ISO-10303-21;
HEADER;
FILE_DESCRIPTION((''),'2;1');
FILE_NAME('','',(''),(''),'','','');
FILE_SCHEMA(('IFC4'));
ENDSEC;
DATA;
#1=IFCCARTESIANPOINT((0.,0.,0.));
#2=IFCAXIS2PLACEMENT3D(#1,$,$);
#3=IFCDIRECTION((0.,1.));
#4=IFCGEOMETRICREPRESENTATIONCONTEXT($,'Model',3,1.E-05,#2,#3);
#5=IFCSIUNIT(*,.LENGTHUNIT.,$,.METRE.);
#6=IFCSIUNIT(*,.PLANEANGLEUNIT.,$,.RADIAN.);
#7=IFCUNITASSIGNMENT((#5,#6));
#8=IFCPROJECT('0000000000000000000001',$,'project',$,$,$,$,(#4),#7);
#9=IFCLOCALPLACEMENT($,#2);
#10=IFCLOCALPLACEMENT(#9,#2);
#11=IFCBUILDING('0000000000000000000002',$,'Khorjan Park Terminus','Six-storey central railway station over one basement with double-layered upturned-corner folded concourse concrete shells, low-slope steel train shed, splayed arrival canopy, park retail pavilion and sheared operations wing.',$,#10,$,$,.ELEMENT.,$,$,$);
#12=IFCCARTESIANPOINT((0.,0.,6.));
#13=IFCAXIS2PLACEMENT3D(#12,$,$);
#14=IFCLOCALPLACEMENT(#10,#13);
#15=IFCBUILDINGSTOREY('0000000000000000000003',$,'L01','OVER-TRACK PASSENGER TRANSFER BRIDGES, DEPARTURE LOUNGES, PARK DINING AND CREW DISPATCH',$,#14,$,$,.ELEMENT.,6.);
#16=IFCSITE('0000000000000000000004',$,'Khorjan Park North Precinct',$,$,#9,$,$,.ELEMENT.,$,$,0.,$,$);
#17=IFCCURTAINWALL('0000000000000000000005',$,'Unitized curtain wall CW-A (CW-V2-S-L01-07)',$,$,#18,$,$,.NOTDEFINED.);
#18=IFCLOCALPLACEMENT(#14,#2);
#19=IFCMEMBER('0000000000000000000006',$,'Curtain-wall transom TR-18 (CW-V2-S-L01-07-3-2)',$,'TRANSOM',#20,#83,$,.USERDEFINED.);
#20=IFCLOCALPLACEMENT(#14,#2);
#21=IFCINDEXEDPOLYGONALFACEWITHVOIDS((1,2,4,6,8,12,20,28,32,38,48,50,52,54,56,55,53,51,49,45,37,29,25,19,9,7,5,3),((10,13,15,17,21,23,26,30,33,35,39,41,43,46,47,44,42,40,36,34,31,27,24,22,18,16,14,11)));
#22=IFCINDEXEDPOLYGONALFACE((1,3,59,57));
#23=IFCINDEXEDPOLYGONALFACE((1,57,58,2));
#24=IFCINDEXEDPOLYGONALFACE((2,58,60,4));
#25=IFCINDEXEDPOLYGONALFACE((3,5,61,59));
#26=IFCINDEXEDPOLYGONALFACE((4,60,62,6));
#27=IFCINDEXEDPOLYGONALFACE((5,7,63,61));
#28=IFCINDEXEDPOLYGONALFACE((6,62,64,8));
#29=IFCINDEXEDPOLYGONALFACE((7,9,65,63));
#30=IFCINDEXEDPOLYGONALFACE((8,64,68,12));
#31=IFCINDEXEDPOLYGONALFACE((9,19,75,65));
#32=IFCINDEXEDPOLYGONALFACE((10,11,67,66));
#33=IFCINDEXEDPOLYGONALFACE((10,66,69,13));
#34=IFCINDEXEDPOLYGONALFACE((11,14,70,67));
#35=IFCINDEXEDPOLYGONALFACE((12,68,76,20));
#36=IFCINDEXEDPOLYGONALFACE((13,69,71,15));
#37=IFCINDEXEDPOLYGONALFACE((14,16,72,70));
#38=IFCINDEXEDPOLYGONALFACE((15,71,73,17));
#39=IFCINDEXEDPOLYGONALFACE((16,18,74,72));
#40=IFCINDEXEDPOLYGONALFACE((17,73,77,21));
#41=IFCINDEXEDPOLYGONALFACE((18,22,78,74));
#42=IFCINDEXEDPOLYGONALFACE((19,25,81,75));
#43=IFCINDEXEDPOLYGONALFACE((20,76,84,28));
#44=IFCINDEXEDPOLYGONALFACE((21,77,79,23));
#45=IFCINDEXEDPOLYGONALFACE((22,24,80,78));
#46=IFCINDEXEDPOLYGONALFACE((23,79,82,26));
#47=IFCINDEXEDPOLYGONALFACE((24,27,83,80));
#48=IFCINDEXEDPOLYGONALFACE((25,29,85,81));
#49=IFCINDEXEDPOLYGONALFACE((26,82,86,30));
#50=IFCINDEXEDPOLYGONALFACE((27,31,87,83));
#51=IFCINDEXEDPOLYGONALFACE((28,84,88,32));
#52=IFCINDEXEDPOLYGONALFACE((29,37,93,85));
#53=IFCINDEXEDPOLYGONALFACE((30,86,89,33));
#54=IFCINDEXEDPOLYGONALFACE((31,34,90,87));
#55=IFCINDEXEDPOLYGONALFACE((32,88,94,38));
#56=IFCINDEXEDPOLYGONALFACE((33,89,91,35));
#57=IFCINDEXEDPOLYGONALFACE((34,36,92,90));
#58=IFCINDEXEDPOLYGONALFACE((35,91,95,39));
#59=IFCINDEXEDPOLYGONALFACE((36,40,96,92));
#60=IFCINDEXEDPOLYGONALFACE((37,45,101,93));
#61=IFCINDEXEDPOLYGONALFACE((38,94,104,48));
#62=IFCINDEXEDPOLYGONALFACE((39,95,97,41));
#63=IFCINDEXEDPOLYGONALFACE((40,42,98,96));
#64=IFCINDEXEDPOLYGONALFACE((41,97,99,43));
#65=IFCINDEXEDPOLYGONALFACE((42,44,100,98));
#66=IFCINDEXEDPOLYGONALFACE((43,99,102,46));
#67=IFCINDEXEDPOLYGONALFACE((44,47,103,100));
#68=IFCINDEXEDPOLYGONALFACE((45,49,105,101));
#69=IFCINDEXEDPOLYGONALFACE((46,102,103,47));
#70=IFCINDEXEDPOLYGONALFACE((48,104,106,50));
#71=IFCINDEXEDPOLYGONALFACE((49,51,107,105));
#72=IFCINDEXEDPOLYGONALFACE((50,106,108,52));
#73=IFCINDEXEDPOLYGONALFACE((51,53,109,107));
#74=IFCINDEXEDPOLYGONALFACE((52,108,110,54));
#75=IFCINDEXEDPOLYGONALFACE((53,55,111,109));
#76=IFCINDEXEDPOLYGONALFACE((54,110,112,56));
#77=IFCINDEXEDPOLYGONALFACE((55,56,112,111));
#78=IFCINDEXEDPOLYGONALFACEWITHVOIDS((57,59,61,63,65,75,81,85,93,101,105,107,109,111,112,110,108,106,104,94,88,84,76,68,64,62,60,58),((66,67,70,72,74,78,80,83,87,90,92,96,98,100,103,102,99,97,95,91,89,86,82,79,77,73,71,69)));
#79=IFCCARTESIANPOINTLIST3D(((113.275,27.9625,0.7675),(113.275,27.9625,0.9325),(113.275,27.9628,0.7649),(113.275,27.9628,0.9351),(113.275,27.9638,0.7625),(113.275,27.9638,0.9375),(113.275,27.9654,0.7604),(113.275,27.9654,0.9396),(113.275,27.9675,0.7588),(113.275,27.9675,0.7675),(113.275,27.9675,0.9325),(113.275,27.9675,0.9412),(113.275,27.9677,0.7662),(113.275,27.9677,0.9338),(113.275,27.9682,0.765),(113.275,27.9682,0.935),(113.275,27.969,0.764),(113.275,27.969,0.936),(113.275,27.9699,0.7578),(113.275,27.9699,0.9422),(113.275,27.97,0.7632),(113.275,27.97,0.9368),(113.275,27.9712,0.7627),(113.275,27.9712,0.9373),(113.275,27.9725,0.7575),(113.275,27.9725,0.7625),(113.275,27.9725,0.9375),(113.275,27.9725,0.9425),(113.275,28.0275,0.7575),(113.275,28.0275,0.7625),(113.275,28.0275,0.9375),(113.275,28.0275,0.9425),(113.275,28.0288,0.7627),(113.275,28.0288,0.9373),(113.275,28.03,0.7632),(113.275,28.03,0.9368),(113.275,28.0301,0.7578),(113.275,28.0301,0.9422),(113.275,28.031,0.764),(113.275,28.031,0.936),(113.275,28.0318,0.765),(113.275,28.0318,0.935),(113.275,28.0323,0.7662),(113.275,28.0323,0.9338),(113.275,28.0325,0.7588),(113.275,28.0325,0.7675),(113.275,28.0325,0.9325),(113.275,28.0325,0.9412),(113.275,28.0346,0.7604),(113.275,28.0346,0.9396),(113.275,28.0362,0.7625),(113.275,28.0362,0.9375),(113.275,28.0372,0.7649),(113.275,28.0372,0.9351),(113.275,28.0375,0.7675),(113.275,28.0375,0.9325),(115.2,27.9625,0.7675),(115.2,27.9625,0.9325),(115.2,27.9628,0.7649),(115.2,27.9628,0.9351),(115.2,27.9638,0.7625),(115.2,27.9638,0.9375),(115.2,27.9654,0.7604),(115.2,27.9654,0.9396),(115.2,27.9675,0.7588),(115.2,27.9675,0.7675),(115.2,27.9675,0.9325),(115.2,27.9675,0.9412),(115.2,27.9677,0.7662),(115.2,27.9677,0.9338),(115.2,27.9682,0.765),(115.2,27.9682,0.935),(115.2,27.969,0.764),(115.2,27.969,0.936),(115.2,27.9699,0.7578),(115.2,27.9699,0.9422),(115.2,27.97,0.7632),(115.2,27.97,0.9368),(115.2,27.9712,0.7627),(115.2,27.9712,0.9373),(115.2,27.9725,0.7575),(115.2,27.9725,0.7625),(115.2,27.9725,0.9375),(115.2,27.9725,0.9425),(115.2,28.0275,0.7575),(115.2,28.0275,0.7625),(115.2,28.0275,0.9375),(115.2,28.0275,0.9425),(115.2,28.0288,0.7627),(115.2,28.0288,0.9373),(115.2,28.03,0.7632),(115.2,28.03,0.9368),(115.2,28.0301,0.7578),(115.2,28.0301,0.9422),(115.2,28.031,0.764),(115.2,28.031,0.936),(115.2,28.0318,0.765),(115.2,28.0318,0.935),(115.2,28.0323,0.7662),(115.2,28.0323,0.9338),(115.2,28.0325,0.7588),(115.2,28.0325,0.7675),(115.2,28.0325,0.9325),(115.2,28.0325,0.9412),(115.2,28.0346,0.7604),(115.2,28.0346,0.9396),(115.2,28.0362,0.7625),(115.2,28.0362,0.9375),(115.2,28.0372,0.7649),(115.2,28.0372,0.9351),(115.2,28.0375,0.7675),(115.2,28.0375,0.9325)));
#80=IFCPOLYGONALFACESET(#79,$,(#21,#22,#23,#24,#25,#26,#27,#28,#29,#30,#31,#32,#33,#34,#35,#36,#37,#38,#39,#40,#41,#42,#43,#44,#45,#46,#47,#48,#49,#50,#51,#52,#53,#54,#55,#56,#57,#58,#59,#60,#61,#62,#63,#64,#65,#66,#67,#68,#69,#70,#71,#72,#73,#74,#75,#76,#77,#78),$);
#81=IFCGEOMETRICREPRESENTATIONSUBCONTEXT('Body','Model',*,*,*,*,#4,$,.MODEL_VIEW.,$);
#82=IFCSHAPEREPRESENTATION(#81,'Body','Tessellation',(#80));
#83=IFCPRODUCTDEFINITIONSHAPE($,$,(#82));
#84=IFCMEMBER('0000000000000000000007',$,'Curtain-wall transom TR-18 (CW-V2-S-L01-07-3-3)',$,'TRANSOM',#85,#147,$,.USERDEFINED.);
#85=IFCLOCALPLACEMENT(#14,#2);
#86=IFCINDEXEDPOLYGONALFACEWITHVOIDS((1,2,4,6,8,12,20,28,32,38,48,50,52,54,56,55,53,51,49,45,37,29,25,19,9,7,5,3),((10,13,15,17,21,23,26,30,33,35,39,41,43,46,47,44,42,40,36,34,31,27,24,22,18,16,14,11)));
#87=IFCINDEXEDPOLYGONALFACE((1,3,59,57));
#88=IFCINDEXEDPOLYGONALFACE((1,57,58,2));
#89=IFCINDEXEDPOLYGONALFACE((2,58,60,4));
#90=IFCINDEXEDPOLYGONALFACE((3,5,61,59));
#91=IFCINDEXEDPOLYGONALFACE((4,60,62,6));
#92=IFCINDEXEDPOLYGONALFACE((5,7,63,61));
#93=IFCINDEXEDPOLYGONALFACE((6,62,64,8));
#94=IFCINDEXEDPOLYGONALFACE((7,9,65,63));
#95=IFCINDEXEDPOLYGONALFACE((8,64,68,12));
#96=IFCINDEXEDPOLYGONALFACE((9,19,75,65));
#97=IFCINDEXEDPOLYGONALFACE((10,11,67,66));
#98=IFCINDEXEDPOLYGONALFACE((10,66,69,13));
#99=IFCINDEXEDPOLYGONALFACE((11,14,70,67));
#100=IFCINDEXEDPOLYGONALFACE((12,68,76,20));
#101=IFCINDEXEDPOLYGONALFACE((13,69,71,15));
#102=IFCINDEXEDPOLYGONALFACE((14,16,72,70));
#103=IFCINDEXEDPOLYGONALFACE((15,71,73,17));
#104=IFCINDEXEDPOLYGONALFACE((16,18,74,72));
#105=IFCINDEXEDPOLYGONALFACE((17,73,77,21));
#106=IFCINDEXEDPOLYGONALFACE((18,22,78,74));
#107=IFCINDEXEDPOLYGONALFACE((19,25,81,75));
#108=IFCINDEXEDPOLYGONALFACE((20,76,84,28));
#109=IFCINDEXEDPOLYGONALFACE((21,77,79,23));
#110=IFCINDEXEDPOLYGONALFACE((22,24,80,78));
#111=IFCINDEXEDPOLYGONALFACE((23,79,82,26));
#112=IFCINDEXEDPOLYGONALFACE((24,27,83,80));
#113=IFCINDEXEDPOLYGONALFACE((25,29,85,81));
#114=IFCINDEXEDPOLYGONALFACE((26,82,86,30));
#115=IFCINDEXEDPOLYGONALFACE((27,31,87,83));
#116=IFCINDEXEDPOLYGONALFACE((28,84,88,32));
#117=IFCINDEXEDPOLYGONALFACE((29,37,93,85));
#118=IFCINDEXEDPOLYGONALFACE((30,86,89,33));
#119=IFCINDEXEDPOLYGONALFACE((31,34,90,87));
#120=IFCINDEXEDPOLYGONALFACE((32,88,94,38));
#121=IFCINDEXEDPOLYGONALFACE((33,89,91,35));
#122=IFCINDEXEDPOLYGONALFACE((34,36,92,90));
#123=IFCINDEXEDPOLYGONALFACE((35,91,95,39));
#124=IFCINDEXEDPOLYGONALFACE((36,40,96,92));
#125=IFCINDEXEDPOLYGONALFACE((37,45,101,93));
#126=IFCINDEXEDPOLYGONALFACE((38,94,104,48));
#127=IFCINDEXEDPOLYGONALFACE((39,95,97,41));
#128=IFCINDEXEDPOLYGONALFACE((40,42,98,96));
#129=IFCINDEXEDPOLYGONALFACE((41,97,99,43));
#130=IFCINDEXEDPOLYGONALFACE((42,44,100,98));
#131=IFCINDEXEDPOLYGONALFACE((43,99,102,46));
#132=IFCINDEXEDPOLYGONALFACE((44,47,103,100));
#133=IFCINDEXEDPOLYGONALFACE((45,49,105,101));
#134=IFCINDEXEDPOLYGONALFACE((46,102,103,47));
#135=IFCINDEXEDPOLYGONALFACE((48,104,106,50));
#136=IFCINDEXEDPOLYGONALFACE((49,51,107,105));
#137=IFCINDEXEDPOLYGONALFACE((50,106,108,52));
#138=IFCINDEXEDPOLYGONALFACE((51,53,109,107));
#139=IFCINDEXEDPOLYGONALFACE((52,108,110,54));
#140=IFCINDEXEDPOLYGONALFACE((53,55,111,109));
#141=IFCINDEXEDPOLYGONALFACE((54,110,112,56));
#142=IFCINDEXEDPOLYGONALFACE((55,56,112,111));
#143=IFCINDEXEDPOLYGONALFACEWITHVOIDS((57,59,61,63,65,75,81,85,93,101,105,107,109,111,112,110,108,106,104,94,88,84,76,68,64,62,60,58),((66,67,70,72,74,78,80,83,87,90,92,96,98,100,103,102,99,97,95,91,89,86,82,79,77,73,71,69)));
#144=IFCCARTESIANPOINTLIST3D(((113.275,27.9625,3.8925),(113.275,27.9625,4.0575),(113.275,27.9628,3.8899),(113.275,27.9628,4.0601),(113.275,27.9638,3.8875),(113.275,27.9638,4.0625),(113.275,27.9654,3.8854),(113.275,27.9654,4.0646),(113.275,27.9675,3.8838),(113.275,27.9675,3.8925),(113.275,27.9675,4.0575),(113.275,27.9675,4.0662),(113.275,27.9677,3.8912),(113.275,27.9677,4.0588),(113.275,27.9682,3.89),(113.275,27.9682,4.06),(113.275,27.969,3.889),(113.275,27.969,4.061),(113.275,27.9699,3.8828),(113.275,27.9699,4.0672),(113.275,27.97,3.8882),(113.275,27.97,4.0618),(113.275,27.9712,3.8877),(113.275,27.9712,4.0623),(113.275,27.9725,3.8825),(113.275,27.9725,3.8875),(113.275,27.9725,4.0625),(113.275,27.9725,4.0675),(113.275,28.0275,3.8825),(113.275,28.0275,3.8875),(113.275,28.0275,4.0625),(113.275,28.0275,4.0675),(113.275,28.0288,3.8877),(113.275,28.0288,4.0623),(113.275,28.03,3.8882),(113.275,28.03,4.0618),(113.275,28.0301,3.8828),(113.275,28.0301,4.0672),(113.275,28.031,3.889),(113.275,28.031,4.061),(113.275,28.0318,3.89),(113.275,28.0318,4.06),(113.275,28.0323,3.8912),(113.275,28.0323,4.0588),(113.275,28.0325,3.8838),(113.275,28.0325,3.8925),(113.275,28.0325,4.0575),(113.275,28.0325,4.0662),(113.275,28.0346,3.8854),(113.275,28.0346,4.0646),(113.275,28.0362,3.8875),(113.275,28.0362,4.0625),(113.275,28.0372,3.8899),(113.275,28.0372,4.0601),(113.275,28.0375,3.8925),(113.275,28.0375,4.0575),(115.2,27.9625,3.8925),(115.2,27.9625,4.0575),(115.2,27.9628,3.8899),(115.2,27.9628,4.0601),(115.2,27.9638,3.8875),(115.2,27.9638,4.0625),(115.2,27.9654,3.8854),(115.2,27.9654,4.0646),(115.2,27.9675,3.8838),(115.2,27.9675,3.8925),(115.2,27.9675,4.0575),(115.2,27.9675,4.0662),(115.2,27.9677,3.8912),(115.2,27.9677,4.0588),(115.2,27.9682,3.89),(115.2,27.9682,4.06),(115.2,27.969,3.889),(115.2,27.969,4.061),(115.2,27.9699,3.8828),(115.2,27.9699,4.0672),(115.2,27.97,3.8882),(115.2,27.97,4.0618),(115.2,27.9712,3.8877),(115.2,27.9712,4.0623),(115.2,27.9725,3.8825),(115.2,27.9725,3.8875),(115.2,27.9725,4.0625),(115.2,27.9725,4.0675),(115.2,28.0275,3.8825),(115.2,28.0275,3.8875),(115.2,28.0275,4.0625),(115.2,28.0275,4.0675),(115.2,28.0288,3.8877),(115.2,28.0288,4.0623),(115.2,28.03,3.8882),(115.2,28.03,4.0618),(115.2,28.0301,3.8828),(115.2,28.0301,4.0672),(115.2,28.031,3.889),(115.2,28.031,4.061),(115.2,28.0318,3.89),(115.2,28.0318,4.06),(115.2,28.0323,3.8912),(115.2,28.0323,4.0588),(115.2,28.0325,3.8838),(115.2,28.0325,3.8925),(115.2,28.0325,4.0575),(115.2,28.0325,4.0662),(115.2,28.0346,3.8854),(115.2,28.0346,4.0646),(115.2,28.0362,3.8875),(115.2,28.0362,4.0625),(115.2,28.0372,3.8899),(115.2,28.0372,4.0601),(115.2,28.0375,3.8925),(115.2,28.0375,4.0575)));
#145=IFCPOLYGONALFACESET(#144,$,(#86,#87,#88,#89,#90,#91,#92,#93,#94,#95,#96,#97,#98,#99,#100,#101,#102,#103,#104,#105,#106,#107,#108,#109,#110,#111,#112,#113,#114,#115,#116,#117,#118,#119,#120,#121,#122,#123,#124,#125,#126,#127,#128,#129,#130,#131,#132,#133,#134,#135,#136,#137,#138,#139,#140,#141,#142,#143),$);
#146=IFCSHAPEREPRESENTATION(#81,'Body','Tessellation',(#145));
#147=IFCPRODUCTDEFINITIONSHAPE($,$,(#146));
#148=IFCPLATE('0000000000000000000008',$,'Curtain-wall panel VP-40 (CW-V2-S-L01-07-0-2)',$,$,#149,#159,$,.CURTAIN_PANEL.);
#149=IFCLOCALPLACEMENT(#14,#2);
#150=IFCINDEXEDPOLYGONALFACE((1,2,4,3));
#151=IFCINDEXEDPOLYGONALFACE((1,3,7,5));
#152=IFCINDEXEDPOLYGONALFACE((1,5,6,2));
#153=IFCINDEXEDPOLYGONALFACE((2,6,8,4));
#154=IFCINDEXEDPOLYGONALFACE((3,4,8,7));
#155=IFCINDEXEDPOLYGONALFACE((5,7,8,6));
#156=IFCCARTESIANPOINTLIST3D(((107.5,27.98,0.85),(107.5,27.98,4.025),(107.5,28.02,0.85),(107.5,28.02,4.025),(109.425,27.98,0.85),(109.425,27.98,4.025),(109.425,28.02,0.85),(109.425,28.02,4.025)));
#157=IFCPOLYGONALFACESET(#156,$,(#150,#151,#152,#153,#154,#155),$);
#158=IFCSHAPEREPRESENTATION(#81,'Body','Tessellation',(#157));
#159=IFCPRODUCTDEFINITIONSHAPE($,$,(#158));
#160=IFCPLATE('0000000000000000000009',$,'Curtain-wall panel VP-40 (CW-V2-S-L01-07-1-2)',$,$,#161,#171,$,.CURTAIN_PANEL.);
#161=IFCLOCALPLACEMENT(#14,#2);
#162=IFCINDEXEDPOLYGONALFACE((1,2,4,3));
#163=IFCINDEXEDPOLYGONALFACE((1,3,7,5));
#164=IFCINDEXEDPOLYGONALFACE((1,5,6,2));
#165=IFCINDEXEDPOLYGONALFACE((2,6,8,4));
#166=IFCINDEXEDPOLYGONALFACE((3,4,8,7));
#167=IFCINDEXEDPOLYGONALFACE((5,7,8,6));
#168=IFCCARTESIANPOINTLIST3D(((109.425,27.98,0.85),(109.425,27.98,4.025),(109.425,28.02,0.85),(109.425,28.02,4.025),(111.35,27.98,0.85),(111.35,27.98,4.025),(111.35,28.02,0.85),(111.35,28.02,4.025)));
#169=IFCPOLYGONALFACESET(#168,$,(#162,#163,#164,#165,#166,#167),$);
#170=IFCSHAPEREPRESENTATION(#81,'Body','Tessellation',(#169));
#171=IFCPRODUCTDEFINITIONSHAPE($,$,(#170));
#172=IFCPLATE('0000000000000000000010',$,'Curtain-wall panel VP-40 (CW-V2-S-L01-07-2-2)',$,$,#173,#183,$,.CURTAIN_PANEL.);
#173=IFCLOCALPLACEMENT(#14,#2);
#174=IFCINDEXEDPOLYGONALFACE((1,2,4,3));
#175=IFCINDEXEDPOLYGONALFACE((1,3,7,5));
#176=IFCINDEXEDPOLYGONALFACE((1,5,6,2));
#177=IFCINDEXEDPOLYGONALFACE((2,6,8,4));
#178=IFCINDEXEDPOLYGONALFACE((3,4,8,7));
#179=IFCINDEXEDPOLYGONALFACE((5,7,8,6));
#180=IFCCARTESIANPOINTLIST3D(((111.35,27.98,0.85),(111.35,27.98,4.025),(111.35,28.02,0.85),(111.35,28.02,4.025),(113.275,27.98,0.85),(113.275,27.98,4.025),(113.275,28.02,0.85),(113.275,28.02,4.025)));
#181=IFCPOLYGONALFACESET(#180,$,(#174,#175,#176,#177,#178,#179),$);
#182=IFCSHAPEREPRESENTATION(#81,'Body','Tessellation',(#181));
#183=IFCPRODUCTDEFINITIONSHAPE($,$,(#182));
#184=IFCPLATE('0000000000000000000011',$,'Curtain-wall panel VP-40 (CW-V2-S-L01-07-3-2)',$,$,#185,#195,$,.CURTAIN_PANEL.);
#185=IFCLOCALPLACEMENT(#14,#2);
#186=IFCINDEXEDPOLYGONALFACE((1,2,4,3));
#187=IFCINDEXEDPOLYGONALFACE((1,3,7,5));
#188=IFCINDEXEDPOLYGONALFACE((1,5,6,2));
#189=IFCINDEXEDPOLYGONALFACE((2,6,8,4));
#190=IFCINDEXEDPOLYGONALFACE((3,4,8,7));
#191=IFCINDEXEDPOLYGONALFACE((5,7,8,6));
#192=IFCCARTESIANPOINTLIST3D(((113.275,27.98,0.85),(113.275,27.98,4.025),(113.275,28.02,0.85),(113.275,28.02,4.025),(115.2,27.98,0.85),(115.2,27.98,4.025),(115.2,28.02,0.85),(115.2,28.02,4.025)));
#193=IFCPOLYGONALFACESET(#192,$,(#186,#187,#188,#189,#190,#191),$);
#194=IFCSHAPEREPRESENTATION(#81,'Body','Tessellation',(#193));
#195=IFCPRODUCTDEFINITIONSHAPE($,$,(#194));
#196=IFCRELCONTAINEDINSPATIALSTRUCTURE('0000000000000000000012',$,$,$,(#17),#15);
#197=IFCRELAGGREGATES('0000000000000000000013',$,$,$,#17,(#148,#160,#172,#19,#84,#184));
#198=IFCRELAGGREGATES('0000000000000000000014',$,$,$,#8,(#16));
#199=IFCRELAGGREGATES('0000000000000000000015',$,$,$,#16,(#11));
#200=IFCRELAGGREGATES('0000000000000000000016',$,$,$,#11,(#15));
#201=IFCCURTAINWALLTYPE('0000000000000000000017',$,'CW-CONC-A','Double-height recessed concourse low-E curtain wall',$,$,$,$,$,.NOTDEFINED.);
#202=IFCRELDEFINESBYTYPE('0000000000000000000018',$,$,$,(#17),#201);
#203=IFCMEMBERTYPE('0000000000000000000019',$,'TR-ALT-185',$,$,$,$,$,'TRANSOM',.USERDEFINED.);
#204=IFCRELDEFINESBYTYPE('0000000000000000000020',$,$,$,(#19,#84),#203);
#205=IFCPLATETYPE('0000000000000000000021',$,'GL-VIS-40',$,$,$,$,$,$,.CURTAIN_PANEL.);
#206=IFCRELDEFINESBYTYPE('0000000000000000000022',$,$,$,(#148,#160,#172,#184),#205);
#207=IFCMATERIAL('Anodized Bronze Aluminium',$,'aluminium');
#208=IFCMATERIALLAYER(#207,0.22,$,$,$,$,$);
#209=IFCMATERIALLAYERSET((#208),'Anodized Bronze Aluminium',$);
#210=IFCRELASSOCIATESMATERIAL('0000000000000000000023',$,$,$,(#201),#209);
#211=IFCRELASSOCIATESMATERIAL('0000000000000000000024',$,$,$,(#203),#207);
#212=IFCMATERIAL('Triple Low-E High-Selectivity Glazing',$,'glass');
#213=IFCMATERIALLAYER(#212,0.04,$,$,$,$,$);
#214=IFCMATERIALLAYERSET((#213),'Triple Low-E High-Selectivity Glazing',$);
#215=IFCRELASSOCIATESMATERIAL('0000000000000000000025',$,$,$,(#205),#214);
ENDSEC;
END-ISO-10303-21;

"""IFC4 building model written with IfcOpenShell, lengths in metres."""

from ifc_helpers import new_model, si_unit, direction, frame, origin, origin_2d, place, context, subcontext, project, spatial, rectangle, hollow_rectangle, extrude, material, layer, layer_set, material_profile, profile_set, type_object, element, aggregate, save


model = new_model("IFC4")

# Units and contexts
model_context = context("Model", 3, precision=1e-05, world=origin(), true_north=direction((0.0, 1.0)))
body_context = subcontext(model_context, "Body", "Model", "MODEL_VIEW")
ifc_project = project(units=[si_unit("LENGTHUNIT", "METRE"), si_unit("PLANEANGLEUNIT", "RADIAN")], contexts=[model_context])

# Site, building, storey
site_placement = place(None, origin())
site = spatial("IfcSite", under=ifc_project, at=site_placement, Name="Khorjan Park North Precinct", CompositionType="ELEMENT", RefElevation=0.0)
building_placement = place(site_placement, origin())
building = spatial("IfcBuilding", under=site, at=building_placement, Name="Khorjan Park Terminus", Description="Six-storey central railway station over one basement with double-layered upturned-corner folded concourse concrete shells, low-slope steel train shed, splayed arrival canopy, park retail pavilion and sheared operations wing.", CompositionType="ELEMENT")
storey_placement = place(building_placement, frame((0.0, 0.0, 6.0)))
storey = spatial("IfcBuildingStorey", under=building, at=storey_placement, Name="L01", Description="OVER-TRACK PASSENGER TRANSFER BRIDGES, DEPARTURE LOUNGES, PARK DINING AND CREW DISPATCH", CompositionType="ELEMENT", Elevation=6.0)

# Curtain wall, members, plates
ifc_material_1 = material(Name="Anodized Bronze Aluminium", Category="aluminium")
ifc_layer_1 = layer(ifc_material_1, 0.22)
ifc_layer_set_1 = layer_set([ifc_layer_1], Name="Anodized Bronze Aluminium")
curtain_wall_type = type_object("IfcCurtainWallType", Name="CW-CONC-A", Description="Double-height recessed concourse low-E curtain wall", PredefinedType="NOTDEFINED", material=ifc_layer_set_1)
curtain_wall_placement = place(storey_placement, origin())
curtain_wall = element("IfcCurtainWall", 1, at=curtain_wall_placement, inside=storey, type_object=curtain_wall_type, Name="Unitized curtain wall CW-A (CW-V2-S-L01-07)", PredefinedType="NOTDEFINED")
ifc_material_profile_1 = material_profile(ifc_material_1, hollow_rectangle(XDim=0.075, YDim=0.185, WallThickness=0.005, InnerFilletRadius=0.005, OuterFilletRadius=0.01, at=origin_2d()), Name="ALT 75x185x5")
ifc_profile_set_1 = profile_set([ifc_material_profile_1], Name="Anodized Bronze Aluminium")
member_type_1 = type_object("IfcMemberType", Name="TR-ALT-185", ElementType="TRANSOM", PredefinedType="USERDEFINED", material=ifc_profile_set_1)
member_1_placement = place(storey_placement, frame((113.275, 28.0, 0.85), z_axis=(1.0, 0.0, 0.0), x_axis=(0.0, 1.0, 0.0)))
member_1 = element("IfcMember", 2, at=member_1_placement, type_object=member_type_1, Name="Curtain-wall transom TR-18 (CW-V2-S-L01-07-3-2)", ObjectType="TRANSOM", PredefinedType="USERDEFINED", context=body_context, shape_type="SweptSolid", body=[
    extrude(hollow_rectangle(XDim=0.075, YDim=0.185, WallThickness=0.005, InnerFilletRadius=0.005, OuterFilletRadius=0.01, at=origin_2d()), origin(), (0.0, 0.0, 1.0), 1.925),
])
member_2_placement = place(storey_placement, frame((113.275, 28.0, 3.975), z_axis=(1.0, 0.0, 0.0), x_axis=(0.0, 1.0, 0.0)))
member_2 = element("IfcMember", 3, at=member_2_placement, type_object=member_type_1, Name="Curtain-wall transom TR-18 (CW-V2-S-L01-07-3-3)", ObjectType="TRANSOM", PredefinedType="USERDEFINED", context=body_context, shape_type="SweptSolid", body=[
    extrude(hollow_rectangle(XDim=0.075, YDim=0.185, WallThickness=0.005, InnerFilletRadius=0.005, OuterFilletRadius=0.01, at=origin_2d()), origin(), (0.0, 0.0, 1.0), 1.925),
])
ifc_material_2 = material(Name="Triple Low-E High-Selectivity Glazing", Category="glass")
ifc_layer_2 = layer(ifc_material_2, 0.04)
ifc_layer_set_2 = layer_set([ifc_layer_2], Name="Triple Low-E High-Selectivity Glazing")
plate_type_1 = type_object("IfcPlateType", Name="GL-VIS-40", PredefinedType="CURTAIN_PANEL", material=ifc_layer_set_2)
plate_1_placement = place(storey_placement, frame((108.4625, 28.0, 0.85), z_axis=(0.0, 0.0, 1.0), x_axis=(1.0, 0.0, 0.0)))
plate_1 = element("IfcPlate", 4, at=plate_1_placement, type_object=plate_type_1, Name="Curtain-wall panel VP-40 (CW-V2-S-L01-07-0-2)", PredefinedType="CURTAIN_PANEL", context=body_context, shape_type="SweptSolid", body=[
    extrude(rectangle(XDim=1.925, YDim=0.04, at=origin_2d()), origin(), (0.0, 0.0, 1.0), 3.175),
])
plate_2_placement = place(storey_placement, frame((110.3875, 28.0, 0.85), z_axis=(0.0, 0.0, 1.0), x_axis=(1.0, 0.0, 0.0)))
plate_2 = element("IfcPlate", 5, at=plate_2_placement, type_object=plate_type_1, Name="Curtain-wall panel VP-40 (CW-V2-S-L01-07-1-2)", PredefinedType="CURTAIN_PANEL", context=body_context, shape_type="SweptSolid", body=[
    extrude(rectangle(XDim=1.925, YDim=0.04, at=origin_2d()), origin(), (0.0, 0.0, 1.0), 3.175),
])
plate_3_placement = place(storey_placement, frame((112.3125, 28.0, 0.85), z_axis=(0.0, 0.0, 1.0), x_axis=(1.0, 0.0, 0.0)))
plate_3 = element("IfcPlate", 6, at=plate_3_placement, type_object=plate_type_1, Name="Curtain-wall panel VP-40 (CW-V2-S-L01-07-2-2)", PredefinedType="CURTAIN_PANEL", context=body_context, shape_type="SweptSolid", body=[
    extrude(rectangle(XDim=1.925, YDim=0.04, at=origin_2d()), origin(), (0.0, 0.0, 1.0), 3.175),
])
plate_4_placement = place(storey_placement, frame((114.2375, 28.0, 0.85), z_axis=(0.0, 0.0, 1.0), x_axis=(1.0, 0.0, 0.0)))
plate_4 = element("IfcPlate", 7, at=plate_4_placement, type_object=plate_type_1, Name="Curtain-wall panel VP-40 (CW-V2-S-L01-07-3-2)", PredefinedType="CURTAIN_PANEL", context=body_context, shape_type="SweptSolid", body=[
    extrude(rectangle(XDim=1.925, YDim=0.04, at=origin_2d()), origin(), (0.0, 0.0, 1.0), 3.175),
])
aggregate(curtain_wall, [plate_1, plate_2, plate_3, member_1, member_2, plate_4])

save(model, "model.ifc")
